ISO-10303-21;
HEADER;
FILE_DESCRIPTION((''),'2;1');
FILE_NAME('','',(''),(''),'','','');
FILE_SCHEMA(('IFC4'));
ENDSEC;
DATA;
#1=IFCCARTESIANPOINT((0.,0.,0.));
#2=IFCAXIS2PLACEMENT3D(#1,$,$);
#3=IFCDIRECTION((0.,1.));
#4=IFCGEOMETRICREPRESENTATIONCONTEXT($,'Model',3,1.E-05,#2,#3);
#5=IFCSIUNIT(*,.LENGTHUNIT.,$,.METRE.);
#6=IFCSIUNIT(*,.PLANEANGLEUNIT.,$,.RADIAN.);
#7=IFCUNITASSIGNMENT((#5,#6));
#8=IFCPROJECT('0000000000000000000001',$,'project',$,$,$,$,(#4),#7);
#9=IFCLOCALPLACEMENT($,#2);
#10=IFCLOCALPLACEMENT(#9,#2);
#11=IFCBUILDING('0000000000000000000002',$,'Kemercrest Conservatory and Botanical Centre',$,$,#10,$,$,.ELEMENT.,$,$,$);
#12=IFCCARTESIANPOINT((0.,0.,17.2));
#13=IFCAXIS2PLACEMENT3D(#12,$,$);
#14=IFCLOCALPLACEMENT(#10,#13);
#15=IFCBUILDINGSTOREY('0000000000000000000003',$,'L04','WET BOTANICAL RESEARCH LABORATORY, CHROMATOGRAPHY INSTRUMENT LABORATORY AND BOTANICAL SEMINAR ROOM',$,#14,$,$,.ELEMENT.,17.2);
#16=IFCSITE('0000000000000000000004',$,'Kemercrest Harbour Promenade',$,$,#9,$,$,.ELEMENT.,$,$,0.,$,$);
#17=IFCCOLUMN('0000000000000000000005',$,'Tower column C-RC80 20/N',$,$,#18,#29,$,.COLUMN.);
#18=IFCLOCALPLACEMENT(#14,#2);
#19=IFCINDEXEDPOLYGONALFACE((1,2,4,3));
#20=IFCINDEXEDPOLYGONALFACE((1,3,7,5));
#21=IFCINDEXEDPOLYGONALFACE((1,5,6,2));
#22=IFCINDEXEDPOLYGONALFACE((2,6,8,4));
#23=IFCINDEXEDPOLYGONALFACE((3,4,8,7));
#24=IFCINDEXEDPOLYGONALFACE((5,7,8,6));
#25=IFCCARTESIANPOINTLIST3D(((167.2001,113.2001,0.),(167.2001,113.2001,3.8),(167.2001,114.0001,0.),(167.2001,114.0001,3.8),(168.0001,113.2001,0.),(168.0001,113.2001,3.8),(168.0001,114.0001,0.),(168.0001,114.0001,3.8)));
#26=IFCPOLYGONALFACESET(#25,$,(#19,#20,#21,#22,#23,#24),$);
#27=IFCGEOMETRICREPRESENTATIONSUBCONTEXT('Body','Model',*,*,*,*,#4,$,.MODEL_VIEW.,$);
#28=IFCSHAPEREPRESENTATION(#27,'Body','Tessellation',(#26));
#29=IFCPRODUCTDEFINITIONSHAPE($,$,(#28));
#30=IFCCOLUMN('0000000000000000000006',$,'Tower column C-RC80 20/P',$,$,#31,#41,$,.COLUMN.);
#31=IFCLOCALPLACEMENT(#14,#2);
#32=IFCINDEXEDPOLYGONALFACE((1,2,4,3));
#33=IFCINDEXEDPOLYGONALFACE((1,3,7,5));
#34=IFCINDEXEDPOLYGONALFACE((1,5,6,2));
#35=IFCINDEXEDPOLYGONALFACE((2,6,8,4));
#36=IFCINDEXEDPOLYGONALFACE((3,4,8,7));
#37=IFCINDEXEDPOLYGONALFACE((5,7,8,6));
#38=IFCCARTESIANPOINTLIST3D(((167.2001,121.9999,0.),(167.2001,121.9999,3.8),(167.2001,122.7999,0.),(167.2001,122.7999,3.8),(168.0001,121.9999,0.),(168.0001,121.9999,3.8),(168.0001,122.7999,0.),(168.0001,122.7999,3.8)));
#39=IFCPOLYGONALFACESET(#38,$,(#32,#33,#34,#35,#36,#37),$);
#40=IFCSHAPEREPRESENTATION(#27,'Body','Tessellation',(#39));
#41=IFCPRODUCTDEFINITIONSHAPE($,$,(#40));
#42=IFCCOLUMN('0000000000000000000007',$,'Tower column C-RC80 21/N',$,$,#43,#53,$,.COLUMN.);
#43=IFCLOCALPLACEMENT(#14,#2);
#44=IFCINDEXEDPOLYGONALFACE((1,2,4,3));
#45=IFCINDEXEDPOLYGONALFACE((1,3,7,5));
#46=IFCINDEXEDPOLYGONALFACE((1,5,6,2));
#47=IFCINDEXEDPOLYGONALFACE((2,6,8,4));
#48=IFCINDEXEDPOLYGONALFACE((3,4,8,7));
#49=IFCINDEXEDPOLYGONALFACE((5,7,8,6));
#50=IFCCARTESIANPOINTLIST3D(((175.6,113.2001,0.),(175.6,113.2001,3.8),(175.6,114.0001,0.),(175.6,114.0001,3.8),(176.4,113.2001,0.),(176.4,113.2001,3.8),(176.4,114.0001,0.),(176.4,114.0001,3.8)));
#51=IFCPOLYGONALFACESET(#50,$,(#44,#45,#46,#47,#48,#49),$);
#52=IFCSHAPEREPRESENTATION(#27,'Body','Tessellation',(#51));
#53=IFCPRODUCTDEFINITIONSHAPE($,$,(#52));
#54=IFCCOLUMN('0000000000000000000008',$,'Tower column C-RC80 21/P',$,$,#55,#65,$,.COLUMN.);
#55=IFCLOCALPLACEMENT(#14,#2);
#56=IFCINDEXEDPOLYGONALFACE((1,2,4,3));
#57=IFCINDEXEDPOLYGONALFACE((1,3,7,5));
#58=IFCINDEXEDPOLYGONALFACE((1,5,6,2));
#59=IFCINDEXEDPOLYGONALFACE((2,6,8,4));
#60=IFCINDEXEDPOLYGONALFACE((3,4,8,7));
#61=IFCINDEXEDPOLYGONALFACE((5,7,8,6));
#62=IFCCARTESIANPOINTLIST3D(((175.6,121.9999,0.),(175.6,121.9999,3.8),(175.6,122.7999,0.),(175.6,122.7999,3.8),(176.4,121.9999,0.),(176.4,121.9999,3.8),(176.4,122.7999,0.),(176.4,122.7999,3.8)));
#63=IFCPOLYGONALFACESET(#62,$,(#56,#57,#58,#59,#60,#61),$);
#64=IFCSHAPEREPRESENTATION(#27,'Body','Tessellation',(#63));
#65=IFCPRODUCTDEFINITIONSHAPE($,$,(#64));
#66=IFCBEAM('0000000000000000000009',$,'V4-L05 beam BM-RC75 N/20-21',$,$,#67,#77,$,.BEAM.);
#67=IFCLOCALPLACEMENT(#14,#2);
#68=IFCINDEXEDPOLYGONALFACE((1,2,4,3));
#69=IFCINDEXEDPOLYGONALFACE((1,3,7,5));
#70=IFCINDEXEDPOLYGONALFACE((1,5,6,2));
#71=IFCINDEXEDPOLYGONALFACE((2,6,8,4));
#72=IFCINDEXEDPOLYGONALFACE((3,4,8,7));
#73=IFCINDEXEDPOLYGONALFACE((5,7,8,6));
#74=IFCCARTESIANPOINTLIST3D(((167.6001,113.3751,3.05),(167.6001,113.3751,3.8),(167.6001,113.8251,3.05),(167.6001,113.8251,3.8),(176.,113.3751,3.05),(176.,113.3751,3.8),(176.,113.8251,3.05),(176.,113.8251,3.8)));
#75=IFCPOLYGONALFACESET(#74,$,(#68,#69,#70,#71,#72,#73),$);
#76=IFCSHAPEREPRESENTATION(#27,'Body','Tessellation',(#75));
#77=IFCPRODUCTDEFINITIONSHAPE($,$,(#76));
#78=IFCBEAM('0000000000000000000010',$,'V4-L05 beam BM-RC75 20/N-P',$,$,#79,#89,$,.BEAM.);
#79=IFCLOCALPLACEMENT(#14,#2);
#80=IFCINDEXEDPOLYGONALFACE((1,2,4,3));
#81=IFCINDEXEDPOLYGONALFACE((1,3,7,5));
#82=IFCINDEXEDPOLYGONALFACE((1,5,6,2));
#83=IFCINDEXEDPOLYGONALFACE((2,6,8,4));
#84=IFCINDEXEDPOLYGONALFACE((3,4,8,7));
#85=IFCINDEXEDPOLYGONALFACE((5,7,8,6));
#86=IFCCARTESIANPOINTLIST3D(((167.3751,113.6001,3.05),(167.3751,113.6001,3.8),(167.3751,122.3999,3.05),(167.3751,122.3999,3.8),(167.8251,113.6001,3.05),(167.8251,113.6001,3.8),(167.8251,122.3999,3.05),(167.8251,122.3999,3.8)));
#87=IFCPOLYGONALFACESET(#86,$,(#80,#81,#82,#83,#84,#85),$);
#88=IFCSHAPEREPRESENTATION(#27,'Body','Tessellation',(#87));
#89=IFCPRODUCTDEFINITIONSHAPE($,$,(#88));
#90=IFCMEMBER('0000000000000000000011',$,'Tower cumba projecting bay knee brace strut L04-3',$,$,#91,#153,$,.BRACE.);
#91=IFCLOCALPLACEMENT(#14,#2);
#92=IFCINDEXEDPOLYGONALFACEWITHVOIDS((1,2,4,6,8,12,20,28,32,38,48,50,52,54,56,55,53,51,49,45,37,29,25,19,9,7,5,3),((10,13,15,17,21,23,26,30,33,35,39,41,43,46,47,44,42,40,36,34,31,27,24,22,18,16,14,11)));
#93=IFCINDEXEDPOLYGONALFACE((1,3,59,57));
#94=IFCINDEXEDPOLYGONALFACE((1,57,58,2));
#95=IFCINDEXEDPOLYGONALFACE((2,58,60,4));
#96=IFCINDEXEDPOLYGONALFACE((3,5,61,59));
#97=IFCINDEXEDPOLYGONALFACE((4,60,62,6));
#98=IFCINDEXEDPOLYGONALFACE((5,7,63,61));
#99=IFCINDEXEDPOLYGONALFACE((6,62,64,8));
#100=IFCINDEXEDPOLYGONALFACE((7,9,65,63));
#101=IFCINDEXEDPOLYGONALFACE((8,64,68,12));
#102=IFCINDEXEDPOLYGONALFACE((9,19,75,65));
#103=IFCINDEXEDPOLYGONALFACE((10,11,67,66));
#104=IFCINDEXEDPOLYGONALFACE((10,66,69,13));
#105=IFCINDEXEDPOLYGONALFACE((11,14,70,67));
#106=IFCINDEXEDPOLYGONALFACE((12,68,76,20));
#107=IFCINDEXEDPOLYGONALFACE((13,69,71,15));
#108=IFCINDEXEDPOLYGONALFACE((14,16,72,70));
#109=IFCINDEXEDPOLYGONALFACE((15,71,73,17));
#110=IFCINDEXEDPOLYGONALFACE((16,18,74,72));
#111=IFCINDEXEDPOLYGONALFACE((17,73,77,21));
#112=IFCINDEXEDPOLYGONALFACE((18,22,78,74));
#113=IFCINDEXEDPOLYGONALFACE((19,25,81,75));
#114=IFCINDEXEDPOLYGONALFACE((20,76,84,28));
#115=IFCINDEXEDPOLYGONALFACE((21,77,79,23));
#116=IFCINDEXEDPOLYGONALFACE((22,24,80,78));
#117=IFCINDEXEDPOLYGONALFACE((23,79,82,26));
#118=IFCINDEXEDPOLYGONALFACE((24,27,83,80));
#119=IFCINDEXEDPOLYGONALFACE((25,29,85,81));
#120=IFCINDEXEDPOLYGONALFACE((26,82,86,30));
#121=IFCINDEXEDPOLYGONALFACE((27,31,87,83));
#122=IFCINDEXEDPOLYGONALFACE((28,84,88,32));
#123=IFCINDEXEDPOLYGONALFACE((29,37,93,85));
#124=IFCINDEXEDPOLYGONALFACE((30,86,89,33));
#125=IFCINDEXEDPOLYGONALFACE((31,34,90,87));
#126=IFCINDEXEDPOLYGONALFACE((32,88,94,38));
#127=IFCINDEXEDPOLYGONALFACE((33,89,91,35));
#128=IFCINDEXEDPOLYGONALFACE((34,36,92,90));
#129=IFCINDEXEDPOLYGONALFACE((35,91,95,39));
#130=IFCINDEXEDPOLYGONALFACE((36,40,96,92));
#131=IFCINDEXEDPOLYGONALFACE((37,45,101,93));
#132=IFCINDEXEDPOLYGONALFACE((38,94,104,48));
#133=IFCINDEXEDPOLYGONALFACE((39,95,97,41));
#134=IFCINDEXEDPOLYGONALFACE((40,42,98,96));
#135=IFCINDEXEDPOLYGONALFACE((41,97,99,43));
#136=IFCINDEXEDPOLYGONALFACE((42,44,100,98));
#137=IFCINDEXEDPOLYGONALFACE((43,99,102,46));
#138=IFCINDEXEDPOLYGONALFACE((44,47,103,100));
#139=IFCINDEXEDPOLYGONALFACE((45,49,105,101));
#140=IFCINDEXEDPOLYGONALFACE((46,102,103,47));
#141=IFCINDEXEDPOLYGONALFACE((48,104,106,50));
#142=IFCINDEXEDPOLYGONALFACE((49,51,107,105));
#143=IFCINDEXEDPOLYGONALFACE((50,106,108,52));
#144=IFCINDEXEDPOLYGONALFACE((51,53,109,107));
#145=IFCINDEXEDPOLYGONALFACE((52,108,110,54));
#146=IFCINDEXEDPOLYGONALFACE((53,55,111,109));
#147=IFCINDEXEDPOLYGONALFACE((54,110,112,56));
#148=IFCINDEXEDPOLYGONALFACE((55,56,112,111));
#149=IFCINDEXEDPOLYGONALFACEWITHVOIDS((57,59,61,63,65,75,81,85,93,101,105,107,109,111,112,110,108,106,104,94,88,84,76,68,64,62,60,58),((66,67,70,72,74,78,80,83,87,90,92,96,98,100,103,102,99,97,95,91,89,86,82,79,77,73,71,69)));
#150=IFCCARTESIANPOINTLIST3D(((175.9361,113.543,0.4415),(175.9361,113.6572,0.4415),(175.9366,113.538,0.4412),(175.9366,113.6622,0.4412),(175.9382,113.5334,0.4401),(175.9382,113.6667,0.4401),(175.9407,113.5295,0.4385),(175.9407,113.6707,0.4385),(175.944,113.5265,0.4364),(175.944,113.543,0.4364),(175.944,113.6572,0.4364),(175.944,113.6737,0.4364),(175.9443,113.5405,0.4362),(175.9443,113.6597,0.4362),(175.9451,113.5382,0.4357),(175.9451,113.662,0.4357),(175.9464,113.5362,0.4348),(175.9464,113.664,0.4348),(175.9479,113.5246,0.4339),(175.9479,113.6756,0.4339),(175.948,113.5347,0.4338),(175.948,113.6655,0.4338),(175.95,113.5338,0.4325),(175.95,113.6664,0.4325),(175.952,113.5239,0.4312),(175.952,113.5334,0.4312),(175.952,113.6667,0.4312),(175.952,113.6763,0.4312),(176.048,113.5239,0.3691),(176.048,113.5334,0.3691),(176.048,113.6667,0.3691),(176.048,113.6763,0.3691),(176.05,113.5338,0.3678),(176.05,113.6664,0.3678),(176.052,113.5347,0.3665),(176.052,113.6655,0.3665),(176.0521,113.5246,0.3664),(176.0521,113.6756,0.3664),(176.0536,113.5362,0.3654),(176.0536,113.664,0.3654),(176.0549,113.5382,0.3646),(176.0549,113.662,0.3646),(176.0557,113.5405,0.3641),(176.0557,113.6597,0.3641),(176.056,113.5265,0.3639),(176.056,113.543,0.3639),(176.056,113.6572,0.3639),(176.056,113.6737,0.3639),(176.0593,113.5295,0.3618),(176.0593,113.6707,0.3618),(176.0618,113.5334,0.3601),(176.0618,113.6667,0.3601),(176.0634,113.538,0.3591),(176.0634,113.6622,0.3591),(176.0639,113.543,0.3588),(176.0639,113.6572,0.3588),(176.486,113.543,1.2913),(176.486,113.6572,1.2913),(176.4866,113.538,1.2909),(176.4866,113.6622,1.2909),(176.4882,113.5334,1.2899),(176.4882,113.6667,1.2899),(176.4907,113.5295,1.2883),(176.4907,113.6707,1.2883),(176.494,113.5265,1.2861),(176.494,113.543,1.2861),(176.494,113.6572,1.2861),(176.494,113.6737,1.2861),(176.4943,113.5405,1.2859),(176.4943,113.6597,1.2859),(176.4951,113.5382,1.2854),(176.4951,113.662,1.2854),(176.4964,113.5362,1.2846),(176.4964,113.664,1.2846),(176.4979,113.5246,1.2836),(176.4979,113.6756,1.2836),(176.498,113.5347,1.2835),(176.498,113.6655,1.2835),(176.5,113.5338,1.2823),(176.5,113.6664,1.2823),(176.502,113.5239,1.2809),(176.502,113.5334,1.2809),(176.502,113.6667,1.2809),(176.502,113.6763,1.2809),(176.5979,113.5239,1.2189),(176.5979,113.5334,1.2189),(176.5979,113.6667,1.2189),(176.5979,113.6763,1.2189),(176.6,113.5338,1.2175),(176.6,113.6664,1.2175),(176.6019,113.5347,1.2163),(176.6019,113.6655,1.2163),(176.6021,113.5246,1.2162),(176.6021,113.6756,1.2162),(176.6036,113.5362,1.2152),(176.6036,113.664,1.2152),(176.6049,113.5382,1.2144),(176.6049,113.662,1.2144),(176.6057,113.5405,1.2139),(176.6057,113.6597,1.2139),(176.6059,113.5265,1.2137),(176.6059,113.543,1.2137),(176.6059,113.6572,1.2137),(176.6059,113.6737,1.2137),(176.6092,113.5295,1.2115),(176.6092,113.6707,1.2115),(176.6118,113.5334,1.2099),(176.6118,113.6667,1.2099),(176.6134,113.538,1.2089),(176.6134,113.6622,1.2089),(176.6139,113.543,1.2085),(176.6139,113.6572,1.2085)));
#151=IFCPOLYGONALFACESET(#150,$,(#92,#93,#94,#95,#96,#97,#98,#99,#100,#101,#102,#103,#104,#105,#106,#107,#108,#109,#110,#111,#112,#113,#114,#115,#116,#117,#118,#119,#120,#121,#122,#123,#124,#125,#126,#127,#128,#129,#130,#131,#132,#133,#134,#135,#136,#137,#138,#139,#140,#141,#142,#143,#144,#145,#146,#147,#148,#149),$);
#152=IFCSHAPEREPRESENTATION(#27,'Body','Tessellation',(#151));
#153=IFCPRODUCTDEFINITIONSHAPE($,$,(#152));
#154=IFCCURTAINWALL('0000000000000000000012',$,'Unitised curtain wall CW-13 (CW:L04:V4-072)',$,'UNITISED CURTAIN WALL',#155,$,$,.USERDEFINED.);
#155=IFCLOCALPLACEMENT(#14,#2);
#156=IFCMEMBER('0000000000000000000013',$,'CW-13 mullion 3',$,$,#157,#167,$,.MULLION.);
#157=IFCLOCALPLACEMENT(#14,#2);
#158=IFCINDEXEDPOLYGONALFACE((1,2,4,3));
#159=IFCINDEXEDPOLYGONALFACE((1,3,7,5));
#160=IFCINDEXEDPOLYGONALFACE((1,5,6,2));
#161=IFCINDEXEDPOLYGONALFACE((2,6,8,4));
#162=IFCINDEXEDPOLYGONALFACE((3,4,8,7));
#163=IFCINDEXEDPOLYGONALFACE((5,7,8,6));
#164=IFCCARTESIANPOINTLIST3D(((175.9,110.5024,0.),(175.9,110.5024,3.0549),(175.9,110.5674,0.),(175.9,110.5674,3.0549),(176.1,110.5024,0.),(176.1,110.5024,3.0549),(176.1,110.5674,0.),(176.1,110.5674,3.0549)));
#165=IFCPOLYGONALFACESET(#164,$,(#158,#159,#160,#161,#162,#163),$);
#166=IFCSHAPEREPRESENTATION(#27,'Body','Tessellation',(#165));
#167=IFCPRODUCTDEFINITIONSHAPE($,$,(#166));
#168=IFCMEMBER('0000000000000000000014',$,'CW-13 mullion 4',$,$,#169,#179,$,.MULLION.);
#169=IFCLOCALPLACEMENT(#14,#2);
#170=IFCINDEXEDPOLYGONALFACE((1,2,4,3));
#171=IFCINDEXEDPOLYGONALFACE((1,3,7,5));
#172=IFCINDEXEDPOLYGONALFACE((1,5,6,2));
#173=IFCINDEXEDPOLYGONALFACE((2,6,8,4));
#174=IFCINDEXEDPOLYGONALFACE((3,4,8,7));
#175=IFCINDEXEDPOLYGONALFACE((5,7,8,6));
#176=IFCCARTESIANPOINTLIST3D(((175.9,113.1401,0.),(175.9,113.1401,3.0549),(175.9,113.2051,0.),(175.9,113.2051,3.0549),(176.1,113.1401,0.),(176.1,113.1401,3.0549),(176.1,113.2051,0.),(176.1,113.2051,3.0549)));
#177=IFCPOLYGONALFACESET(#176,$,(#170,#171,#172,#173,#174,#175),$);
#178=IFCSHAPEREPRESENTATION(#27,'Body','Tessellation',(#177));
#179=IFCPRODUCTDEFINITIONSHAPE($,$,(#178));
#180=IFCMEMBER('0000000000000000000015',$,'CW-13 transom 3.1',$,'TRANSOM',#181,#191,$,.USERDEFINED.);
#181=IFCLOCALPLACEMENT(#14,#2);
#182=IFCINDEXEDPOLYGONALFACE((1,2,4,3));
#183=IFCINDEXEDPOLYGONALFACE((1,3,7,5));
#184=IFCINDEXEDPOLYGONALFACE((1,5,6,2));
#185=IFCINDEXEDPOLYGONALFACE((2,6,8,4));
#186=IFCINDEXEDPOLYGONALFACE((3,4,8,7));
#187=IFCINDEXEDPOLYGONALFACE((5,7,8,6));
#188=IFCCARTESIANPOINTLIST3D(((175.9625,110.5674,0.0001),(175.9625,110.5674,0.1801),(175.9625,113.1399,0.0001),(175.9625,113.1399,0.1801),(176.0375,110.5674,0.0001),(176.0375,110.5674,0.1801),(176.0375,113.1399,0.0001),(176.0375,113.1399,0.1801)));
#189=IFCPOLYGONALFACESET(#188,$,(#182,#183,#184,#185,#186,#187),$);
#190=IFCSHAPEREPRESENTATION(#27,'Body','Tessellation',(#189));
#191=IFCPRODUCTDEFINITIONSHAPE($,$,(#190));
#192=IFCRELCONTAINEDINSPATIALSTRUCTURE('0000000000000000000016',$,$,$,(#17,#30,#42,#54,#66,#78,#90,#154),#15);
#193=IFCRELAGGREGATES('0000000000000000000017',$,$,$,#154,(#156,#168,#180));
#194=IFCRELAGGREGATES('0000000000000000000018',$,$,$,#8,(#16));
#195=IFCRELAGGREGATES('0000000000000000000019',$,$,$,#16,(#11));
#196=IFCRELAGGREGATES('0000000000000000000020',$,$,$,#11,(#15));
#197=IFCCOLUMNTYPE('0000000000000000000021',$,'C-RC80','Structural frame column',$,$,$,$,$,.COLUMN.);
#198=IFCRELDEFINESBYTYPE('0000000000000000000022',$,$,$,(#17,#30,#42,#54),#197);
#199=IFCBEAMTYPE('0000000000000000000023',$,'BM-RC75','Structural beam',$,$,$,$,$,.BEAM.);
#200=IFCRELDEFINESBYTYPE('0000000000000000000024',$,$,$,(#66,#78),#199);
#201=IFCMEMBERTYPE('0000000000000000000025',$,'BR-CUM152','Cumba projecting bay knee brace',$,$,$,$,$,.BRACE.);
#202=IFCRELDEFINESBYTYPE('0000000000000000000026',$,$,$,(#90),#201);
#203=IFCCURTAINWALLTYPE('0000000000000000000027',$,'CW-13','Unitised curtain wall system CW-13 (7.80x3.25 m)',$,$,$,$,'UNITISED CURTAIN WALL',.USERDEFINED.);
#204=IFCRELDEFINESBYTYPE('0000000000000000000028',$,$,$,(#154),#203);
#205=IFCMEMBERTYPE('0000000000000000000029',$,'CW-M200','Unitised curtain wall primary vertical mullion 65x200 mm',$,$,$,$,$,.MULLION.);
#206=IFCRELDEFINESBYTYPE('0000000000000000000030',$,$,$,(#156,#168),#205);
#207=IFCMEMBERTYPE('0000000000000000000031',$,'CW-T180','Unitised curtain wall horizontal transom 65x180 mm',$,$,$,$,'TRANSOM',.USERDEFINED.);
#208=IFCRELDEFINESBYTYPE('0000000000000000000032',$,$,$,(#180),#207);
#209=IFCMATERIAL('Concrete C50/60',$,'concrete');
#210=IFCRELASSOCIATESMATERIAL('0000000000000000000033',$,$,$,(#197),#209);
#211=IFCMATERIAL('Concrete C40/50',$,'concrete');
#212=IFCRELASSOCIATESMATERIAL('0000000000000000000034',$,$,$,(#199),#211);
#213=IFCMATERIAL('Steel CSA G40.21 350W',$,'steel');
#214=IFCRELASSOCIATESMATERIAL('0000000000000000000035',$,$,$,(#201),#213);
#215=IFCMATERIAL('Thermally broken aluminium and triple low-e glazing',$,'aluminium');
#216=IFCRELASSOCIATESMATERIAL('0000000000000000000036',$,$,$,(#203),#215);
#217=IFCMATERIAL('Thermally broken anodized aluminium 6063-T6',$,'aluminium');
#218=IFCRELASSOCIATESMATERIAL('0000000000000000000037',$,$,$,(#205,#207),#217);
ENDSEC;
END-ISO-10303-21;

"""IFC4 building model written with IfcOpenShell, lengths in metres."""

from ifc_helpers import new_model, si_unit, direction, frame, origin, origin_2d, place, context, subcontext, project, spatial, rectangle, hollow_rectangle, extrude, material, material_profile, profile_set, type_object, element, aggregate, save


model = new_model("IFC4")

# Units and contexts
model_context = context("Model", 3, precision=1e-05, world=origin(), true_north=direction((0.0, 1.0)))
body_context = subcontext(model_context, "Body", "Model", "MODEL_VIEW")
ifc_project = project(units=[si_unit("LENGTHUNIT", "METRE"), si_unit("PLANEANGLEUNIT", "RADIAN")], contexts=[model_context])

# Site, building, storey
site_placement = place(None, origin())
site = spatial("IfcSite", under=ifc_project, at=site_placement, Name="Kemercrest Harbour Promenade", CompositionType="ELEMENT", RefElevation=0.0)
building_placement = place(site_placement, origin())
building = spatial("IfcBuilding", under=site, at=building_placement, Name="Kemercrest Conservatory and Botanical Centre", CompositionType="ELEMENT")
storey_placement = place(building_placement, frame((0.0, 0.0, 17.2)))
storey = spatial("IfcBuildingStorey", under=building, at=storey_placement, Name="L04", Description="WET BOTANICAL RESEARCH LABORATORY, CHROMATOGRAPHY INSTRUMENT LABORATORY AND BOTANICAL SEMINAR ROOM", CompositionType="ELEMENT", Elevation=17.2)

# Columns
ifc_material_1 = material(Name="Concrete C50/60", Category="concrete")
ifc_material_profile_1 = material_profile(ifc_material_1, rectangle(XDim=0.8, YDim=0.8, at=origin_2d()), Name="RC 800x800")
ifc_profile_set_1 = profile_set([ifc_material_profile_1], Name="Concrete C50/60")
column_type = type_object("IfcColumnType", Name="C-RC80", Description="Structural frame column", PredefinedType="COLUMN", material=ifc_profile_set_1)
for number, where, z_axis, x_axis, name in (
    (1, (167.6001, 113.6001, 0.0), (0.0, 0.0, 1.0), (1.0, 0.0, 0.0), "Tower column C-RC80 20/N"),
    (2, (167.6001, 122.3999, 0.0), (0.0, 0.0, 1.0), (1.0, 0.0, 0.0), "Tower column C-RC80 20/P"),
    (3, (176.0, 113.6001, 0.0), (0.0, 0.0, 1.0), (1.0, 0.0, 0.0), "Tower column C-RC80 21/N"),
    (4, (176.0, 122.3999, 0.0), (0.0, 0.0, 1.0), (1.0, 0.0, 0.0), "Tower column C-RC80 21/P"),
):
    element("IfcColumn", number, at=place(storey_placement, frame(where, z_axis=z_axis, x_axis=x_axis)), inside=storey, type_object=column_type, Name=name, PredefinedType="COLUMN", context=body_context, shape_type="SweptSolid", body=[
        extrude(rectangle(XDim=0.8, YDim=0.8, at=origin_2d()), origin(), (0.0, 0.0, 1.0), 3.8),
    ])

# Beams
ifc_material_2 = material(Name="Concrete C40/50", Category="concrete")
ifc_material_profile_2 = material_profile(ifc_material_2, rectangle(XDim=0.45, YDim=0.75, at=origin_2d()), Name="RC 450x750")
ifc_profile_set_2 = profile_set([ifc_material_profile_2], Name="Concrete C40/50")
beam_type_1 = type_object("IfcBeamType", Name="BM-RC75", Description="Structural beam", PredefinedType="BEAM", material=ifc_profile_set_2)
beam_1_placement = place(storey_placement, frame((167.6001, 113.6001, 3.425), z_axis=(1.0, 0.0, 0.0), x_axis=(0.0, 1.0, 0.0)))
element("IfcBeam", 5, at=beam_1_placement, inside=storey, type_object=beam_type_1, Name="V4-L05 beam BM-RC75 N/20-21", PredefinedType="BEAM", context=body_context, shape_type="SweptSolid", body=[
    extrude(rectangle(XDim=0.45, YDim=0.75, at=origin_2d()), origin(), (0.0, 0.0, 1.0), 8.3999),
])
beam_2_placement = place(storey_placement, frame((167.6001, 113.6001, 3.425), z_axis=(0.0, 1.0, 0.0), x_axis=(-1.0, 0.0, 0.0)))
element("IfcBeam", 6, at=beam_2_placement, inside=storey, type_object=beam_type_1, Name="V4-L05 beam BM-RC75 20/N-P", PredefinedType="BEAM", context=body_context, shape_type="SweptSolid", body=[
    extrude(rectangle(XDim=0.45, YDim=0.75, at=origin_2d()), origin(), (0.0, 0.0, 1.0), 8.7998),
])

# Member
ifc_material_3 = material(Name="Steel CSA G40.21 350W", Category="steel")
ifc_material_profile_3 = material_profile(ifc_material_3, hollow_rectangle(XDim=0.1523, YDim=0.1523, WallThickness=0.0095, InnerFilletRadius=0.0095, OuterFilletRadius=0.019, at=origin_2d()), Name="HSS 152x152x9.5")
ifc_profile_set_3 = profile_set([ifc_material_profile_3], Name="Steel CSA G40.21 350W")
member_type_1 = type_object("IfcMemberType", Name="BR-CUM152", Description="Cumba projecting bay knee brace", PredefinedType="BRACE", material=ifc_profile_set_3)
member_1_placement = place(storey_placement, frame((176.0, 113.6001, 0.4001), z_axis=(0.543351, 0.0, 0.839505), x_axis=(0.0, 1.0, 0.0)))
element("IfcMember", 7, at=member_1_placement, inside=storey, type_object=member_type_1, Name="Tower cumba projecting bay knee brace strut L04-3", PredefinedType="BRACE", context=body_context, shape_type="SweptSolid", body=[
    extrude(hollow_rectangle(XDim=0.1523, YDim=0.1523, WallThickness=0.0095, InnerFilletRadius=0.0095, OuterFilletRadius=0.019, at=origin_2d()), origin(), (0.0, 0.0, 1.0), 1.0122),
])

# Curtain wall, members
ifc_material_4 = material(Name="Thermally broken aluminium and triple low-e glazing", Category="aluminium")
curtain_wall_type = type_object("IfcCurtainWallType", Name="CW-13", Description="Unitised curtain wall system CW-13 (7.80x3.25 m)", ElementType="UNITISED CURTAIN WALL", PredefinedType="USERDEFINED", material=ifc_material_4)
curtain_wall_placement = place(storey_placement, origin())
curtain_wall = element("IfcCurtainWall", 8, at=curtain_wall_placement, inside=storey, type_object=curtain_wall_type, Name="Unitised curtain wall CW-13 (CW:L04:V4-072)", ObjectType="UNITISED CURTAIN WALL", PredefinedType="USERDEFINED")
ifc_material_5 = material(Name="Thermally broken anodized aluminium 6063-T6", Category="aluminium")
ifc_material_profile_4 = material_profile(ifc_material_5, rectangle(XDim=0.2, YDim=0.0649, at=origin_2d()), Name="AL MULLION 65x200")
ifc_profile_set_4 = profile_set([ifc_material_profile_4], Name="Thermally broken anodized aluminium 6063-T6")
member_type_2 = type_object("IfcMemberType", Name="CW-M200", Description="Unitised curtain wall primary vertical mullion 65x200 mm", PredefinedType="MULLION", material=ifc_profile_set_4)
member_2_placement = place(storey_placement, frame((176.0, 110.5349, 0.0), z_axis=(0.0, 0.0, 1.0), x_axis=(-1.0, 0.0, 0.0)))
member_2 = element("IfcMember", 9, at=member_2_placement, type_object=member_type_2, Name="CW-13 mullion 3", PredefinedType="MULLION", context=body_context, shape_type="SweptSolid", body=[
    extrude(rectangle(XDim=0.2, YDim=0.0649, at=origin_2d()), origin(), (0.0, 0.0, 1.0), 3.0549),
])
member_3_placement = place(storey_placement, frame((176.0, 113.1726, 0.0), z_axis=(0.0, 0.0, 1.0), x_axis=(-1.0, 0.0, 0.0)))
member_3 = element("IfcMember", 10, at=member_3_placement, type_object=member_type_2, Name="CW-13 mullion 4", PredefinedType="MULLION", context=body_context, shape_type="SweptSolid", body=[
    extrude(rectangle(XDim=0.2, YDim=0.0649, at=origin_2d()), origin(), (0.0, 0.0, 1.0), 3.0549),
])
ifc_material_profile_5 = material_profile(ifc_material_5, rectangle(XDim=0.075, YDim=0.1799, at=origin_2d()), Name="AL TRANSOM 75x180")
ifc_profile_set_5 = profile_set([ifc_material_profile_5], Name="Thermally broken anodized aluminium 6063-T6")
member_type_3 = type_object("IfcMemberType", Name="CW-T180", Description="Unitised curtain wall horizontal transom 65x180 mm", ElementType="TRANSOM", PredefinedType="USERDEFINED", material=ifc_profile_set_5)
member_4_placement = place(storey_placement, frame((176.0, 110.5674, 0.0901), z_axis=(0.0, 1.0, 0.0), x_axis=(-1.0, 0.0, 0.0)))
member_4 = element("IfcMember", 11, at=member_4_placement, type_object=member_type_3, Name="CW-13 transom 3.1", ObjectType="TRANSOM", PredefinedType="USERDEFINED", context=body_context, shape_type="SweptSolid", body=[
    extrude(rectangle(XDim=0.075, YDim=0.1799, at=origin_2d()), origin(), (0.0, 0.0, 1.0), 2.5725),
])

aggregate(curtain_wall, [member_2, member_3, member_4])

save(model, "model.ifc")
